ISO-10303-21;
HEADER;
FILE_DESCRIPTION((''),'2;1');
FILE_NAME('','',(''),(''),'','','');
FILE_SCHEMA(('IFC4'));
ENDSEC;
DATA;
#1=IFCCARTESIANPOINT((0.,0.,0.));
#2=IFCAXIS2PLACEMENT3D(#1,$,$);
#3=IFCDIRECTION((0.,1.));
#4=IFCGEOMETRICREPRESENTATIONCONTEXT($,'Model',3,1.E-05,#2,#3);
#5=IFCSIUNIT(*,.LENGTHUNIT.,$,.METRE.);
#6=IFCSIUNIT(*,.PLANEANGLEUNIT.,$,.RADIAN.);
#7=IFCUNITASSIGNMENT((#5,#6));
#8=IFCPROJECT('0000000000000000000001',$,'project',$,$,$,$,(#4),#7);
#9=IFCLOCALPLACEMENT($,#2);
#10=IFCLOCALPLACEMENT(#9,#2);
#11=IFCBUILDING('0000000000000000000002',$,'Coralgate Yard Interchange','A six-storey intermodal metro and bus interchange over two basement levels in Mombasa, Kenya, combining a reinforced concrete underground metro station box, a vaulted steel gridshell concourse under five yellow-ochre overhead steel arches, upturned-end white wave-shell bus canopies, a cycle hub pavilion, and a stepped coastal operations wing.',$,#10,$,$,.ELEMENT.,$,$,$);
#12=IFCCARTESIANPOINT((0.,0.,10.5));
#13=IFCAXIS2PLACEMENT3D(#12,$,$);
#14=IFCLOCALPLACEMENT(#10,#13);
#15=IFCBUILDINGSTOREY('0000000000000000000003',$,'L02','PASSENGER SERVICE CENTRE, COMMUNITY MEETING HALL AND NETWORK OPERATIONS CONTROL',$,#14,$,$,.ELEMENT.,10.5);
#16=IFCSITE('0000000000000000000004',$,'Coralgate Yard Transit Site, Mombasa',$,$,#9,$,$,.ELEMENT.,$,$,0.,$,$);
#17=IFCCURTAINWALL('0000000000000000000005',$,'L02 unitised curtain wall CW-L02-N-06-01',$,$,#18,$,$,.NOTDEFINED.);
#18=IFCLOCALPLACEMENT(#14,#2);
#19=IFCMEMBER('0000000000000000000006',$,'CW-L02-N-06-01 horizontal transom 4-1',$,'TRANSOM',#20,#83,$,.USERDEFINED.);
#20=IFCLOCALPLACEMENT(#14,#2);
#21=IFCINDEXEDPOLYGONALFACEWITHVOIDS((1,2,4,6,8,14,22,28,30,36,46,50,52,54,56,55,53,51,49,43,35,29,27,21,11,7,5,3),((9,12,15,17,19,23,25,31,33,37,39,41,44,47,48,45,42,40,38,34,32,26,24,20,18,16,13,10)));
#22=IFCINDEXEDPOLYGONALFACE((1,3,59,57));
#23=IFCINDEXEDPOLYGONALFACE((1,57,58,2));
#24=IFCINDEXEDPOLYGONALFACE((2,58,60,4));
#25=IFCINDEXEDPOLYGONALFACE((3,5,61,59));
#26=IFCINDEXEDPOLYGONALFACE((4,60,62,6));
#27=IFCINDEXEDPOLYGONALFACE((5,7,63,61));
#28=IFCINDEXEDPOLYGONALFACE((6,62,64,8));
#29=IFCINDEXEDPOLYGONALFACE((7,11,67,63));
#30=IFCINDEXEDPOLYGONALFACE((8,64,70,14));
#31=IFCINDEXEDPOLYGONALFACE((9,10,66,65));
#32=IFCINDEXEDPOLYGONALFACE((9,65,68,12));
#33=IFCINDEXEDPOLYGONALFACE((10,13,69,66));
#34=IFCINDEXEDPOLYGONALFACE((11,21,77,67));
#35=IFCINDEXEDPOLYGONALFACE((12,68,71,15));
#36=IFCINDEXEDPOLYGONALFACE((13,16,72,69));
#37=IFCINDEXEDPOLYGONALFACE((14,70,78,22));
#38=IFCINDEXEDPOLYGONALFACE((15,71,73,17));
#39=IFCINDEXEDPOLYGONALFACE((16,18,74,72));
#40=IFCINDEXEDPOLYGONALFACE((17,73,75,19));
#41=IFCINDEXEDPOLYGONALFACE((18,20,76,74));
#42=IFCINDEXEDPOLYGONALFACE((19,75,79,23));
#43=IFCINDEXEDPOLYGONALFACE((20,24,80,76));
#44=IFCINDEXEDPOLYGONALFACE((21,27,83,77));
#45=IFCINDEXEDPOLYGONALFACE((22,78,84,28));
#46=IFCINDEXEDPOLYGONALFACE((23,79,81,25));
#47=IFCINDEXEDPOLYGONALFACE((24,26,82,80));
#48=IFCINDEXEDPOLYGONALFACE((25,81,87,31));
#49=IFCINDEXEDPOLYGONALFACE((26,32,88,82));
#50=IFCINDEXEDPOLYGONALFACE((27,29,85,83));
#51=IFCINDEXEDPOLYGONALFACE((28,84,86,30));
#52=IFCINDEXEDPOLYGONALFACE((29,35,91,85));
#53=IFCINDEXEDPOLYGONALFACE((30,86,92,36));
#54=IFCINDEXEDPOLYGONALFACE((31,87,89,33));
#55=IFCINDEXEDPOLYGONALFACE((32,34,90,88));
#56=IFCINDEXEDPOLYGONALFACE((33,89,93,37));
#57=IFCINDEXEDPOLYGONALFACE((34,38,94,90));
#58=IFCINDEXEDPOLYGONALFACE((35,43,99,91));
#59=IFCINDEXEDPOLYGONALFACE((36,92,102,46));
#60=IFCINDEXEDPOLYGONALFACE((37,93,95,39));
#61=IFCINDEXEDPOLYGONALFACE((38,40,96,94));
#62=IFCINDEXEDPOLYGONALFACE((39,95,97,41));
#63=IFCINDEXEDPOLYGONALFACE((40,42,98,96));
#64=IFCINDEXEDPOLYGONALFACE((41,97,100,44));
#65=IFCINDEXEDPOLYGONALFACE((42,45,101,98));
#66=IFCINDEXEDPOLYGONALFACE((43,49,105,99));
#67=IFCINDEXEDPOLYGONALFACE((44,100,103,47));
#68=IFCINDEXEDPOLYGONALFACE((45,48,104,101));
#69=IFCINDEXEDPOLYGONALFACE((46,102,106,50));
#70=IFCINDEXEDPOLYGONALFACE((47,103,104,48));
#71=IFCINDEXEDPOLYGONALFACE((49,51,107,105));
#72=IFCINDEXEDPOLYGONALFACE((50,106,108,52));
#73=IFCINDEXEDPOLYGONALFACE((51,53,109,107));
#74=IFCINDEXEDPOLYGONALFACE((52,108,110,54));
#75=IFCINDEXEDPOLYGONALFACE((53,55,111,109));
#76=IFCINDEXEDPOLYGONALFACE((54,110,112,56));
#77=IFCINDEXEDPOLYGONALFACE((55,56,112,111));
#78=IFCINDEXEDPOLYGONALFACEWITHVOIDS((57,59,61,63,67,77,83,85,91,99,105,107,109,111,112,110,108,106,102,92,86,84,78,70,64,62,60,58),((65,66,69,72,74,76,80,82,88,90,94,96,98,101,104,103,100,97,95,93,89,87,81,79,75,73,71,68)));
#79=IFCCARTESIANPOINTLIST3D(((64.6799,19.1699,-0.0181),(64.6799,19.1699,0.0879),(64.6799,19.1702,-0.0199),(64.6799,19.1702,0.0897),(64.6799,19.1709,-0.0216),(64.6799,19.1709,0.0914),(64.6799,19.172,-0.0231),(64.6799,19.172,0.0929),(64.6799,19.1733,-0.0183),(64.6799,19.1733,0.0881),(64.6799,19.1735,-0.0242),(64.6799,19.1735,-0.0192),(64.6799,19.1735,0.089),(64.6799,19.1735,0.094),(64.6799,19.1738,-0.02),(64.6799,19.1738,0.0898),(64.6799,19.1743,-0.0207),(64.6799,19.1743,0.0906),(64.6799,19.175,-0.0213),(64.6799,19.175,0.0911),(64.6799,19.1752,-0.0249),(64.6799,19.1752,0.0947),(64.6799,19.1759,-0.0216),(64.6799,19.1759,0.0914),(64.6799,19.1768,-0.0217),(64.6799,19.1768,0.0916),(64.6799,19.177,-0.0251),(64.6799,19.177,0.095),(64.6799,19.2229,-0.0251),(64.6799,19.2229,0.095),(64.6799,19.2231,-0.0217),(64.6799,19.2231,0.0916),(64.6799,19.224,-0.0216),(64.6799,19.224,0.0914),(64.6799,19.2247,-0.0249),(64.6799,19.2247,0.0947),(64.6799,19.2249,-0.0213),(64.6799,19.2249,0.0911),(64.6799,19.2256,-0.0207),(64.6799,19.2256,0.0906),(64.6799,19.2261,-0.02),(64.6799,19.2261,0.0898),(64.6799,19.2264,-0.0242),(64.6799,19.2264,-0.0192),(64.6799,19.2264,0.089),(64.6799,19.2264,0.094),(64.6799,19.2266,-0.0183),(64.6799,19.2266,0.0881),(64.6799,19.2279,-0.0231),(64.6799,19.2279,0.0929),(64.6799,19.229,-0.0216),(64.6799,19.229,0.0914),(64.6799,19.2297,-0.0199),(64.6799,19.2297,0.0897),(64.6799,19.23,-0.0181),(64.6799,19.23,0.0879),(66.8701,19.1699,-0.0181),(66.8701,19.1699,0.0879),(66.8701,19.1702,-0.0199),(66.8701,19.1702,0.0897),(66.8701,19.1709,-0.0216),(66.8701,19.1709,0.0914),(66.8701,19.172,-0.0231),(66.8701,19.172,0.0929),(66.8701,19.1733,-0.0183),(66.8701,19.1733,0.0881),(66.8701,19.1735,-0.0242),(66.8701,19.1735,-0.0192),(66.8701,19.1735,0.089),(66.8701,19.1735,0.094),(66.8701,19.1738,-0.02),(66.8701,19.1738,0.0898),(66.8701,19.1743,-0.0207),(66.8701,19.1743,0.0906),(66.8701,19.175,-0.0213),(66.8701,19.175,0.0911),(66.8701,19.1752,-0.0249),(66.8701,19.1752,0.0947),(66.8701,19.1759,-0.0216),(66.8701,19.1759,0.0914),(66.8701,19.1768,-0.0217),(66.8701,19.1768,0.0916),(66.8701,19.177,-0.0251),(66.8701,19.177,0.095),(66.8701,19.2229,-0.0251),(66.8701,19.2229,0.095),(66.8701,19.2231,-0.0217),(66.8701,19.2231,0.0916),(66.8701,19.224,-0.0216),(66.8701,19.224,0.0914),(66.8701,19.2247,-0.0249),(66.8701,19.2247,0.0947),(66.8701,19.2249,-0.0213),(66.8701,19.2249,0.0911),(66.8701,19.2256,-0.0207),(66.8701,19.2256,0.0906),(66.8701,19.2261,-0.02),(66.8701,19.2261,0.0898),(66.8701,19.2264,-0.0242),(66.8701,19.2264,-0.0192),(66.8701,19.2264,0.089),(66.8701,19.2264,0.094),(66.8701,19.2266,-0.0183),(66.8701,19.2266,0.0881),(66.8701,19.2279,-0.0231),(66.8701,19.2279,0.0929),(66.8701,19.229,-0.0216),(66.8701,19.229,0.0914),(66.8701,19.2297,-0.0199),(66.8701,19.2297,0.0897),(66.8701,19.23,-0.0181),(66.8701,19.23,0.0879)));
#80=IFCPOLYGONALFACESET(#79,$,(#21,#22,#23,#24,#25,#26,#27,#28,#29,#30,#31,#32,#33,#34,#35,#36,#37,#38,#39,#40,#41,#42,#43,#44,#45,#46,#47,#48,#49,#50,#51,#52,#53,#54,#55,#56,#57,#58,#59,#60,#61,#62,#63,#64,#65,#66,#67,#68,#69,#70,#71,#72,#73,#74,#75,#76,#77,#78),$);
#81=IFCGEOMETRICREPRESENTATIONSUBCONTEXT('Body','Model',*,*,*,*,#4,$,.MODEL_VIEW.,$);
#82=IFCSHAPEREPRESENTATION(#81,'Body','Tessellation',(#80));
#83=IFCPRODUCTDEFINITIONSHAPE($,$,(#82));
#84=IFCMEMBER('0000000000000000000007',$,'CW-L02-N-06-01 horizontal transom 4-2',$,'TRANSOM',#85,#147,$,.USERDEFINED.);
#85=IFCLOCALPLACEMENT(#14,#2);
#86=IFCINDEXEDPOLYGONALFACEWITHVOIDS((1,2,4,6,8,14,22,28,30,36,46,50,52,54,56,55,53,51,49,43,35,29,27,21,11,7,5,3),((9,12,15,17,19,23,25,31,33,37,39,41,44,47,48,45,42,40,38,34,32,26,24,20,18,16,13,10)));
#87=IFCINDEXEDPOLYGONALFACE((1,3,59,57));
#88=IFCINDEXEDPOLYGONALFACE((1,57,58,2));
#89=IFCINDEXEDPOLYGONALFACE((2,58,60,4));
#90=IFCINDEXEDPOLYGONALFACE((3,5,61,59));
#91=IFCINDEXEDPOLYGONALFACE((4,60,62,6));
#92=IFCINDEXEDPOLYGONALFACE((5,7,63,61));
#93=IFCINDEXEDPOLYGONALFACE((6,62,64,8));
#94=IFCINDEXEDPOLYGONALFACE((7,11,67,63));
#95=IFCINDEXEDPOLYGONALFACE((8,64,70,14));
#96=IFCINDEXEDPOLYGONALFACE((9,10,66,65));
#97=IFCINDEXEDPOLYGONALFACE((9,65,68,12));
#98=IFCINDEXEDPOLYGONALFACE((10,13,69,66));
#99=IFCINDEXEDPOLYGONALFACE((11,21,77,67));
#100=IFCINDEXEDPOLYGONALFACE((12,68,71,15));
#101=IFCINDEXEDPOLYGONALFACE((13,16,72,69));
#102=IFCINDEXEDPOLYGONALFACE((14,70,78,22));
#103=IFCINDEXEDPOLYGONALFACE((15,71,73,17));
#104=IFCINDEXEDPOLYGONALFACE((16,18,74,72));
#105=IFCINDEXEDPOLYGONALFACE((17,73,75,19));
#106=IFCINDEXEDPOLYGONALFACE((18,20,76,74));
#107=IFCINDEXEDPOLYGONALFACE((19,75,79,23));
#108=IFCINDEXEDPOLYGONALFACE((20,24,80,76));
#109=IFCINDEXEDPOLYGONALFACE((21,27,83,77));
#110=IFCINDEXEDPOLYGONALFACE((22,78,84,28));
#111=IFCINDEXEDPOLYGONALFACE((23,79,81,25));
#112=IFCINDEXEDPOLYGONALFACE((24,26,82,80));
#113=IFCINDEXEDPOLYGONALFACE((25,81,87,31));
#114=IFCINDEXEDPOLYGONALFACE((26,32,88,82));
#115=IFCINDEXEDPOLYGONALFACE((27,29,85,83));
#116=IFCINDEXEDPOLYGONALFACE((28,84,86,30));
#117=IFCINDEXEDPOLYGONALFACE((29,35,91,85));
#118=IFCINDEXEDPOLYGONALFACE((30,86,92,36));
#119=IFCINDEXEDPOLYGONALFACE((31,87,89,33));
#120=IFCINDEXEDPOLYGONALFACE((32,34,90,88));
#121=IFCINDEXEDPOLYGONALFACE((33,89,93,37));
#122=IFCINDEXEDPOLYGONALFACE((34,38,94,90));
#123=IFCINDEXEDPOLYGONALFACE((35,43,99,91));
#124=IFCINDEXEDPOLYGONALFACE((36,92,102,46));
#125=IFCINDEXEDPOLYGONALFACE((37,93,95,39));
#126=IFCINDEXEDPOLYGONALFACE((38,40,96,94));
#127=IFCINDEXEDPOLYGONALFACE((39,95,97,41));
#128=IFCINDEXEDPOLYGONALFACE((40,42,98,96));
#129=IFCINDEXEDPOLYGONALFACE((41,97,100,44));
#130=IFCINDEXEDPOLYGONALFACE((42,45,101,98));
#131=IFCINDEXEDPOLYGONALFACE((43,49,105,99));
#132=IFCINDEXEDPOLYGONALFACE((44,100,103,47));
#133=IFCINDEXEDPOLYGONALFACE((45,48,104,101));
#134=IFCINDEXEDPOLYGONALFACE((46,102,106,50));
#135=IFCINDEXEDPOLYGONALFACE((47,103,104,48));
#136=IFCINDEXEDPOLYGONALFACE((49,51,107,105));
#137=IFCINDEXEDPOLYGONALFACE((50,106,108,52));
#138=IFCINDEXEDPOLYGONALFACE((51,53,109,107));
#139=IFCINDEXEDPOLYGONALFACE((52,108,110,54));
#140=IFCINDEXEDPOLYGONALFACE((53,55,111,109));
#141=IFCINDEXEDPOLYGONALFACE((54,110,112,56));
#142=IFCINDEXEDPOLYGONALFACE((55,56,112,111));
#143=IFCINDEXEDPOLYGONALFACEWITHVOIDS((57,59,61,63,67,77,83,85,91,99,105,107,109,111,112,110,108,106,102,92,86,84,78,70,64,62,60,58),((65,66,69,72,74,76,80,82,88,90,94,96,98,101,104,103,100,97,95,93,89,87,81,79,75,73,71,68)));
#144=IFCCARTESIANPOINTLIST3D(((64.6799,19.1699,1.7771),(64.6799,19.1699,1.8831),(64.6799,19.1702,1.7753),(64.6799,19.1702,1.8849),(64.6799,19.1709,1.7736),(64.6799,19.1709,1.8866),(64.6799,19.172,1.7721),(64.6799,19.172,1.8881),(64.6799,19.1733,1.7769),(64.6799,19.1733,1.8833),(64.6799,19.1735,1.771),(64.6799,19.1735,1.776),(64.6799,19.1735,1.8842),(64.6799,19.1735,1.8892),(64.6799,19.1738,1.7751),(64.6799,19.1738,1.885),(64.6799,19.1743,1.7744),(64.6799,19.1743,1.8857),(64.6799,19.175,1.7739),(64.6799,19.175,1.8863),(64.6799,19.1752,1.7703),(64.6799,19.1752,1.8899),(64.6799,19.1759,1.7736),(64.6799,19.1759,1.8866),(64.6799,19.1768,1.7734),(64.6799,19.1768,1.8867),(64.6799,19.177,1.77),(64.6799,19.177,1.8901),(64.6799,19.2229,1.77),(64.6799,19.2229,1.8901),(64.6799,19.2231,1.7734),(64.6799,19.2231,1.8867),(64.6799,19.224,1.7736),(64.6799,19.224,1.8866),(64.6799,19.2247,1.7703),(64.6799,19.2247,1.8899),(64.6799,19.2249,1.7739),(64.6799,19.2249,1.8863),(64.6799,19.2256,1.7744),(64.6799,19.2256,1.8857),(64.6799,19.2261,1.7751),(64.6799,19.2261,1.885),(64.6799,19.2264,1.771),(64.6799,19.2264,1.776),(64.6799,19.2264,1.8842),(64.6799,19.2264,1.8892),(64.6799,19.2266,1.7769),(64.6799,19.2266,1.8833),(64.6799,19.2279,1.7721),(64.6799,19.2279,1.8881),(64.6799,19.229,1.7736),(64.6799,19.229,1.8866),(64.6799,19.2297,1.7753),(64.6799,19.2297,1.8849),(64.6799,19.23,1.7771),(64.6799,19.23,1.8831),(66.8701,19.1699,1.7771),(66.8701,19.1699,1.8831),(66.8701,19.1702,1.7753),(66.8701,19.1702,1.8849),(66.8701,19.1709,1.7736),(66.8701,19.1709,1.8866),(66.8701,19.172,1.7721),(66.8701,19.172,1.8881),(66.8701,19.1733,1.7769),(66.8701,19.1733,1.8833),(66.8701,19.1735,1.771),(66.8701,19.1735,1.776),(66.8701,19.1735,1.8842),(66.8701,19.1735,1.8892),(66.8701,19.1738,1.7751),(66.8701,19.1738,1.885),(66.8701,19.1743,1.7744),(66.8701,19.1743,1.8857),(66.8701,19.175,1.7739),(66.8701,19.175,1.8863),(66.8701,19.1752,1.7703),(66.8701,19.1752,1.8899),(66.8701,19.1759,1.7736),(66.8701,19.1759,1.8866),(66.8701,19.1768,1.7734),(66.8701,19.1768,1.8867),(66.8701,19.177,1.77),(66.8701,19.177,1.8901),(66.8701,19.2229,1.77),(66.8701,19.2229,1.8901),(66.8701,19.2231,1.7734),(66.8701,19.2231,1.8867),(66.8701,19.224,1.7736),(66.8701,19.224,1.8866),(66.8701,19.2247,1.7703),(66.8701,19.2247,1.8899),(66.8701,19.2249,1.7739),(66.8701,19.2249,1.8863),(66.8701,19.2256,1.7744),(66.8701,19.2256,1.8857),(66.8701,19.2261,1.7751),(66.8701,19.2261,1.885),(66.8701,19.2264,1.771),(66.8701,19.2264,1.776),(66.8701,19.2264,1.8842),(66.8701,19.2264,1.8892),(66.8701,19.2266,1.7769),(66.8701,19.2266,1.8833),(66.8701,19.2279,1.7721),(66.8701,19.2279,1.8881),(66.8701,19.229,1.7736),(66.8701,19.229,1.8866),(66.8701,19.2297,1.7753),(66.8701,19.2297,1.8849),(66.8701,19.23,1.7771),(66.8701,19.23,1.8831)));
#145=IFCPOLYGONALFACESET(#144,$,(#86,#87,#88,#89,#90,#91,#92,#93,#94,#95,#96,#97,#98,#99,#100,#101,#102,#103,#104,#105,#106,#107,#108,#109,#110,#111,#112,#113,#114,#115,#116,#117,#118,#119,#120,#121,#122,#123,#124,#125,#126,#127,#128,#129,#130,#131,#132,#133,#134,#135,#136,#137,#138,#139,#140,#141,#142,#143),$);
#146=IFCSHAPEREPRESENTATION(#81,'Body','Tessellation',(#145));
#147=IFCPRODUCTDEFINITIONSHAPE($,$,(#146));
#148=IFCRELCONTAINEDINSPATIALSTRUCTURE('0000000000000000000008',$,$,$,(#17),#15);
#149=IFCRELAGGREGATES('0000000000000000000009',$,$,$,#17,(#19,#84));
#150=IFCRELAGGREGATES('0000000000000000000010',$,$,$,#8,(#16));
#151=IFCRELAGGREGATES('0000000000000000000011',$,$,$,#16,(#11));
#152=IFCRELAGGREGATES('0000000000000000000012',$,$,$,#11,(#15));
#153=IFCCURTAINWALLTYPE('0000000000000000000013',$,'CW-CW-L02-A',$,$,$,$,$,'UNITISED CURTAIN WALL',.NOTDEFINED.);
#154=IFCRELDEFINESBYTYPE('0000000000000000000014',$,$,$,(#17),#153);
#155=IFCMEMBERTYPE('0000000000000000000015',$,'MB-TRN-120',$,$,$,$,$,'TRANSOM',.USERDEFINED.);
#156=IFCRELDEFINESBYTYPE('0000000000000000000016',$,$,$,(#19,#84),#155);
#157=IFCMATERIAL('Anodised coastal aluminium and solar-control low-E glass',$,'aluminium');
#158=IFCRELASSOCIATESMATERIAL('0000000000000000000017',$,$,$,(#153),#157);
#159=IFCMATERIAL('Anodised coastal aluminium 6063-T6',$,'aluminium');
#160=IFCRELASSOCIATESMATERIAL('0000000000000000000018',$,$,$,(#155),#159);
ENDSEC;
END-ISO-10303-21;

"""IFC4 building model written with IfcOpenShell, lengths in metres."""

from ifc_helpers import new_model, si_unit, direction, frame, origin, origin_2d, place, context, subcontext, project, spatial, hollow_rectangle, extrude, material, material_profile, profile_set, type_object, element, aggregate, save


model = new_model("IFC4")

# Units and contexts
model_context = context("Model", 3, precision=1e-05, world=origin(), true_north=direction((0.0, 1.0)))
body_context = subcontext(model_context, "Body", "Model", "MODEL_VIEW")
ifc_project = project(units=[si_unit("LENGTHUNIT", "METRE"), si_unit("PLANEANGLEUNIT", "RADIAN")], contexts=[model_context])

# Site, building, storey
site_placement = place(None, origin())
site = spatial("IfcSite", under=ifc_project, at=site_placement, Name="Coralgate Yard Transit Site, Mombasa", CompositionType="ELEMENT", RefElevation=0.0)
building_placement = place(site_placement, origin())
building = spatial("IfcBuilding", under=site, at=building_placement, Name="Coralgate Yard Interchange", Description="A six-storey intermodal metro and bus interchange over two basement levels in Mombasa, Kenya, combining a reinforced concrete underground metro station box, a vaulted steel gridshell concourse under five yellow-ochre overhead steel arches, upturned-end white wave-shell bus canopies, a cycle hub pavilion, and a stepped coastal operations wing.", CompositionType="ELEMENT")
storey_placement = place(building_placement, frame((0.0, 0.0, 10.5)))
storey = spatial("IfcBuildingStorey", under=building, at=storey_placement, Name="L02", Description="PASSENGER SERVICE CENTRE, COMMUNITY MEETING HALL AND NETWORK OPERATIONS CONTROL", CompositionType="ELEMENT", Elevation=10.5)

# Shared definitions
ifc_material_1 = material(Name="Anodised coastal aluminium and solar-control low-E glass", Category="aluminium")
curtain_wall_type = type_object("IfcCurtainWallType", Name="CW-CW-L02-A", ElementType="UNITISED CURTAIN WALL", PredefinedType="NOTDEFINED", material=ifc_material_1)
ifc_material_2 = material(Name="Anodised coastal aluminium 6063-T6", Category="aluminium")

# Curtain wall, members
curtain_wall_1_placement = place(storey_placement, origin())
curtain_wall_1 = element("IfcCurtainWall", 1, at=curtain_wall_1_placement, inside=storey, type_object=curtain_wall_type, Name="L02 unitised curtain wall CW-L02-N-06-01", PredefinedType="NOTDEFINED")
ifc_material_profile_1 = material_profile(ifc_material_2, hollow_rectangle(XDim=0.0601, YDim=0.1201, WallThickness=0.0034, InnerFilletRadius=0.0034, OuterFilletRadius=0.0071, at=origin_2d()), Name="ALU 60x120x3.5")
ifc_profile_set_1 = profile_set([ifc_material_profile_1], Name="Anodised coastal aluminium 6063-T6")
member_type_1 = type_object("IfcMemberType", Name="MB-TRN-120", ElementType="TRANSOM", PredefinedType="USERDEFINED", material=ifc_profile_set_1)
member_1_placement = place(storey_placement, frame((64.6799, 19.2, 0.0349), z_axis=(1.0, 0.0, 0.0), x_axis=(0.0, 1.0, 0.0)))
member_1 = element("IfcMember", 2, at=member_1_placement, type_object=member_type_1, Name="CW-L02-N-06-01 horizontal transom 4-1", ObjectType="TRANSOM", PredefinedType="USERDEFINED", context=body_context, shape_type="SweptSolid", body=[
    extrude(hollow_rectangle(XDim=0.0601, YDim=0.1201, WallThickness=0.0034, InnerFilletRadius=0.0034, OuterFilletRadius=0.0071, at=origin_2d()), origin(), (0.0, 0.0, 1.0), 2.1902),
])
member_2_placement = place(storey_placement, frame((64.6799, 19.2, 1.8301), z_axis=(1.0, 0.0, 0.0), x_axis=(0.0, 1.0, 0.0)))
member_2 = element("IfcMember", 3, at=member_2_placement, type_object=member_type_1, Name="CW-L02-N-06-01 horizontal transom 4-2", ObjectType="TRANSOM", PredefinedType="USERDEFINED", context=body_context, shape_type="SweptSolid", body=[
    extrude(hollow_rectangle(XDim=0.0601, YDim=0.1201, WallThickness=0.0034, InnerFilletRadius=0.0034, OuterFilletRadius=0.0071, at=origin_2d()), origin(), (0.0, 0.0, 1.0), 2.1902),
])
aggregate(curtain_wall_1, [member_1, member_2])

save(model, "model.ifc")
